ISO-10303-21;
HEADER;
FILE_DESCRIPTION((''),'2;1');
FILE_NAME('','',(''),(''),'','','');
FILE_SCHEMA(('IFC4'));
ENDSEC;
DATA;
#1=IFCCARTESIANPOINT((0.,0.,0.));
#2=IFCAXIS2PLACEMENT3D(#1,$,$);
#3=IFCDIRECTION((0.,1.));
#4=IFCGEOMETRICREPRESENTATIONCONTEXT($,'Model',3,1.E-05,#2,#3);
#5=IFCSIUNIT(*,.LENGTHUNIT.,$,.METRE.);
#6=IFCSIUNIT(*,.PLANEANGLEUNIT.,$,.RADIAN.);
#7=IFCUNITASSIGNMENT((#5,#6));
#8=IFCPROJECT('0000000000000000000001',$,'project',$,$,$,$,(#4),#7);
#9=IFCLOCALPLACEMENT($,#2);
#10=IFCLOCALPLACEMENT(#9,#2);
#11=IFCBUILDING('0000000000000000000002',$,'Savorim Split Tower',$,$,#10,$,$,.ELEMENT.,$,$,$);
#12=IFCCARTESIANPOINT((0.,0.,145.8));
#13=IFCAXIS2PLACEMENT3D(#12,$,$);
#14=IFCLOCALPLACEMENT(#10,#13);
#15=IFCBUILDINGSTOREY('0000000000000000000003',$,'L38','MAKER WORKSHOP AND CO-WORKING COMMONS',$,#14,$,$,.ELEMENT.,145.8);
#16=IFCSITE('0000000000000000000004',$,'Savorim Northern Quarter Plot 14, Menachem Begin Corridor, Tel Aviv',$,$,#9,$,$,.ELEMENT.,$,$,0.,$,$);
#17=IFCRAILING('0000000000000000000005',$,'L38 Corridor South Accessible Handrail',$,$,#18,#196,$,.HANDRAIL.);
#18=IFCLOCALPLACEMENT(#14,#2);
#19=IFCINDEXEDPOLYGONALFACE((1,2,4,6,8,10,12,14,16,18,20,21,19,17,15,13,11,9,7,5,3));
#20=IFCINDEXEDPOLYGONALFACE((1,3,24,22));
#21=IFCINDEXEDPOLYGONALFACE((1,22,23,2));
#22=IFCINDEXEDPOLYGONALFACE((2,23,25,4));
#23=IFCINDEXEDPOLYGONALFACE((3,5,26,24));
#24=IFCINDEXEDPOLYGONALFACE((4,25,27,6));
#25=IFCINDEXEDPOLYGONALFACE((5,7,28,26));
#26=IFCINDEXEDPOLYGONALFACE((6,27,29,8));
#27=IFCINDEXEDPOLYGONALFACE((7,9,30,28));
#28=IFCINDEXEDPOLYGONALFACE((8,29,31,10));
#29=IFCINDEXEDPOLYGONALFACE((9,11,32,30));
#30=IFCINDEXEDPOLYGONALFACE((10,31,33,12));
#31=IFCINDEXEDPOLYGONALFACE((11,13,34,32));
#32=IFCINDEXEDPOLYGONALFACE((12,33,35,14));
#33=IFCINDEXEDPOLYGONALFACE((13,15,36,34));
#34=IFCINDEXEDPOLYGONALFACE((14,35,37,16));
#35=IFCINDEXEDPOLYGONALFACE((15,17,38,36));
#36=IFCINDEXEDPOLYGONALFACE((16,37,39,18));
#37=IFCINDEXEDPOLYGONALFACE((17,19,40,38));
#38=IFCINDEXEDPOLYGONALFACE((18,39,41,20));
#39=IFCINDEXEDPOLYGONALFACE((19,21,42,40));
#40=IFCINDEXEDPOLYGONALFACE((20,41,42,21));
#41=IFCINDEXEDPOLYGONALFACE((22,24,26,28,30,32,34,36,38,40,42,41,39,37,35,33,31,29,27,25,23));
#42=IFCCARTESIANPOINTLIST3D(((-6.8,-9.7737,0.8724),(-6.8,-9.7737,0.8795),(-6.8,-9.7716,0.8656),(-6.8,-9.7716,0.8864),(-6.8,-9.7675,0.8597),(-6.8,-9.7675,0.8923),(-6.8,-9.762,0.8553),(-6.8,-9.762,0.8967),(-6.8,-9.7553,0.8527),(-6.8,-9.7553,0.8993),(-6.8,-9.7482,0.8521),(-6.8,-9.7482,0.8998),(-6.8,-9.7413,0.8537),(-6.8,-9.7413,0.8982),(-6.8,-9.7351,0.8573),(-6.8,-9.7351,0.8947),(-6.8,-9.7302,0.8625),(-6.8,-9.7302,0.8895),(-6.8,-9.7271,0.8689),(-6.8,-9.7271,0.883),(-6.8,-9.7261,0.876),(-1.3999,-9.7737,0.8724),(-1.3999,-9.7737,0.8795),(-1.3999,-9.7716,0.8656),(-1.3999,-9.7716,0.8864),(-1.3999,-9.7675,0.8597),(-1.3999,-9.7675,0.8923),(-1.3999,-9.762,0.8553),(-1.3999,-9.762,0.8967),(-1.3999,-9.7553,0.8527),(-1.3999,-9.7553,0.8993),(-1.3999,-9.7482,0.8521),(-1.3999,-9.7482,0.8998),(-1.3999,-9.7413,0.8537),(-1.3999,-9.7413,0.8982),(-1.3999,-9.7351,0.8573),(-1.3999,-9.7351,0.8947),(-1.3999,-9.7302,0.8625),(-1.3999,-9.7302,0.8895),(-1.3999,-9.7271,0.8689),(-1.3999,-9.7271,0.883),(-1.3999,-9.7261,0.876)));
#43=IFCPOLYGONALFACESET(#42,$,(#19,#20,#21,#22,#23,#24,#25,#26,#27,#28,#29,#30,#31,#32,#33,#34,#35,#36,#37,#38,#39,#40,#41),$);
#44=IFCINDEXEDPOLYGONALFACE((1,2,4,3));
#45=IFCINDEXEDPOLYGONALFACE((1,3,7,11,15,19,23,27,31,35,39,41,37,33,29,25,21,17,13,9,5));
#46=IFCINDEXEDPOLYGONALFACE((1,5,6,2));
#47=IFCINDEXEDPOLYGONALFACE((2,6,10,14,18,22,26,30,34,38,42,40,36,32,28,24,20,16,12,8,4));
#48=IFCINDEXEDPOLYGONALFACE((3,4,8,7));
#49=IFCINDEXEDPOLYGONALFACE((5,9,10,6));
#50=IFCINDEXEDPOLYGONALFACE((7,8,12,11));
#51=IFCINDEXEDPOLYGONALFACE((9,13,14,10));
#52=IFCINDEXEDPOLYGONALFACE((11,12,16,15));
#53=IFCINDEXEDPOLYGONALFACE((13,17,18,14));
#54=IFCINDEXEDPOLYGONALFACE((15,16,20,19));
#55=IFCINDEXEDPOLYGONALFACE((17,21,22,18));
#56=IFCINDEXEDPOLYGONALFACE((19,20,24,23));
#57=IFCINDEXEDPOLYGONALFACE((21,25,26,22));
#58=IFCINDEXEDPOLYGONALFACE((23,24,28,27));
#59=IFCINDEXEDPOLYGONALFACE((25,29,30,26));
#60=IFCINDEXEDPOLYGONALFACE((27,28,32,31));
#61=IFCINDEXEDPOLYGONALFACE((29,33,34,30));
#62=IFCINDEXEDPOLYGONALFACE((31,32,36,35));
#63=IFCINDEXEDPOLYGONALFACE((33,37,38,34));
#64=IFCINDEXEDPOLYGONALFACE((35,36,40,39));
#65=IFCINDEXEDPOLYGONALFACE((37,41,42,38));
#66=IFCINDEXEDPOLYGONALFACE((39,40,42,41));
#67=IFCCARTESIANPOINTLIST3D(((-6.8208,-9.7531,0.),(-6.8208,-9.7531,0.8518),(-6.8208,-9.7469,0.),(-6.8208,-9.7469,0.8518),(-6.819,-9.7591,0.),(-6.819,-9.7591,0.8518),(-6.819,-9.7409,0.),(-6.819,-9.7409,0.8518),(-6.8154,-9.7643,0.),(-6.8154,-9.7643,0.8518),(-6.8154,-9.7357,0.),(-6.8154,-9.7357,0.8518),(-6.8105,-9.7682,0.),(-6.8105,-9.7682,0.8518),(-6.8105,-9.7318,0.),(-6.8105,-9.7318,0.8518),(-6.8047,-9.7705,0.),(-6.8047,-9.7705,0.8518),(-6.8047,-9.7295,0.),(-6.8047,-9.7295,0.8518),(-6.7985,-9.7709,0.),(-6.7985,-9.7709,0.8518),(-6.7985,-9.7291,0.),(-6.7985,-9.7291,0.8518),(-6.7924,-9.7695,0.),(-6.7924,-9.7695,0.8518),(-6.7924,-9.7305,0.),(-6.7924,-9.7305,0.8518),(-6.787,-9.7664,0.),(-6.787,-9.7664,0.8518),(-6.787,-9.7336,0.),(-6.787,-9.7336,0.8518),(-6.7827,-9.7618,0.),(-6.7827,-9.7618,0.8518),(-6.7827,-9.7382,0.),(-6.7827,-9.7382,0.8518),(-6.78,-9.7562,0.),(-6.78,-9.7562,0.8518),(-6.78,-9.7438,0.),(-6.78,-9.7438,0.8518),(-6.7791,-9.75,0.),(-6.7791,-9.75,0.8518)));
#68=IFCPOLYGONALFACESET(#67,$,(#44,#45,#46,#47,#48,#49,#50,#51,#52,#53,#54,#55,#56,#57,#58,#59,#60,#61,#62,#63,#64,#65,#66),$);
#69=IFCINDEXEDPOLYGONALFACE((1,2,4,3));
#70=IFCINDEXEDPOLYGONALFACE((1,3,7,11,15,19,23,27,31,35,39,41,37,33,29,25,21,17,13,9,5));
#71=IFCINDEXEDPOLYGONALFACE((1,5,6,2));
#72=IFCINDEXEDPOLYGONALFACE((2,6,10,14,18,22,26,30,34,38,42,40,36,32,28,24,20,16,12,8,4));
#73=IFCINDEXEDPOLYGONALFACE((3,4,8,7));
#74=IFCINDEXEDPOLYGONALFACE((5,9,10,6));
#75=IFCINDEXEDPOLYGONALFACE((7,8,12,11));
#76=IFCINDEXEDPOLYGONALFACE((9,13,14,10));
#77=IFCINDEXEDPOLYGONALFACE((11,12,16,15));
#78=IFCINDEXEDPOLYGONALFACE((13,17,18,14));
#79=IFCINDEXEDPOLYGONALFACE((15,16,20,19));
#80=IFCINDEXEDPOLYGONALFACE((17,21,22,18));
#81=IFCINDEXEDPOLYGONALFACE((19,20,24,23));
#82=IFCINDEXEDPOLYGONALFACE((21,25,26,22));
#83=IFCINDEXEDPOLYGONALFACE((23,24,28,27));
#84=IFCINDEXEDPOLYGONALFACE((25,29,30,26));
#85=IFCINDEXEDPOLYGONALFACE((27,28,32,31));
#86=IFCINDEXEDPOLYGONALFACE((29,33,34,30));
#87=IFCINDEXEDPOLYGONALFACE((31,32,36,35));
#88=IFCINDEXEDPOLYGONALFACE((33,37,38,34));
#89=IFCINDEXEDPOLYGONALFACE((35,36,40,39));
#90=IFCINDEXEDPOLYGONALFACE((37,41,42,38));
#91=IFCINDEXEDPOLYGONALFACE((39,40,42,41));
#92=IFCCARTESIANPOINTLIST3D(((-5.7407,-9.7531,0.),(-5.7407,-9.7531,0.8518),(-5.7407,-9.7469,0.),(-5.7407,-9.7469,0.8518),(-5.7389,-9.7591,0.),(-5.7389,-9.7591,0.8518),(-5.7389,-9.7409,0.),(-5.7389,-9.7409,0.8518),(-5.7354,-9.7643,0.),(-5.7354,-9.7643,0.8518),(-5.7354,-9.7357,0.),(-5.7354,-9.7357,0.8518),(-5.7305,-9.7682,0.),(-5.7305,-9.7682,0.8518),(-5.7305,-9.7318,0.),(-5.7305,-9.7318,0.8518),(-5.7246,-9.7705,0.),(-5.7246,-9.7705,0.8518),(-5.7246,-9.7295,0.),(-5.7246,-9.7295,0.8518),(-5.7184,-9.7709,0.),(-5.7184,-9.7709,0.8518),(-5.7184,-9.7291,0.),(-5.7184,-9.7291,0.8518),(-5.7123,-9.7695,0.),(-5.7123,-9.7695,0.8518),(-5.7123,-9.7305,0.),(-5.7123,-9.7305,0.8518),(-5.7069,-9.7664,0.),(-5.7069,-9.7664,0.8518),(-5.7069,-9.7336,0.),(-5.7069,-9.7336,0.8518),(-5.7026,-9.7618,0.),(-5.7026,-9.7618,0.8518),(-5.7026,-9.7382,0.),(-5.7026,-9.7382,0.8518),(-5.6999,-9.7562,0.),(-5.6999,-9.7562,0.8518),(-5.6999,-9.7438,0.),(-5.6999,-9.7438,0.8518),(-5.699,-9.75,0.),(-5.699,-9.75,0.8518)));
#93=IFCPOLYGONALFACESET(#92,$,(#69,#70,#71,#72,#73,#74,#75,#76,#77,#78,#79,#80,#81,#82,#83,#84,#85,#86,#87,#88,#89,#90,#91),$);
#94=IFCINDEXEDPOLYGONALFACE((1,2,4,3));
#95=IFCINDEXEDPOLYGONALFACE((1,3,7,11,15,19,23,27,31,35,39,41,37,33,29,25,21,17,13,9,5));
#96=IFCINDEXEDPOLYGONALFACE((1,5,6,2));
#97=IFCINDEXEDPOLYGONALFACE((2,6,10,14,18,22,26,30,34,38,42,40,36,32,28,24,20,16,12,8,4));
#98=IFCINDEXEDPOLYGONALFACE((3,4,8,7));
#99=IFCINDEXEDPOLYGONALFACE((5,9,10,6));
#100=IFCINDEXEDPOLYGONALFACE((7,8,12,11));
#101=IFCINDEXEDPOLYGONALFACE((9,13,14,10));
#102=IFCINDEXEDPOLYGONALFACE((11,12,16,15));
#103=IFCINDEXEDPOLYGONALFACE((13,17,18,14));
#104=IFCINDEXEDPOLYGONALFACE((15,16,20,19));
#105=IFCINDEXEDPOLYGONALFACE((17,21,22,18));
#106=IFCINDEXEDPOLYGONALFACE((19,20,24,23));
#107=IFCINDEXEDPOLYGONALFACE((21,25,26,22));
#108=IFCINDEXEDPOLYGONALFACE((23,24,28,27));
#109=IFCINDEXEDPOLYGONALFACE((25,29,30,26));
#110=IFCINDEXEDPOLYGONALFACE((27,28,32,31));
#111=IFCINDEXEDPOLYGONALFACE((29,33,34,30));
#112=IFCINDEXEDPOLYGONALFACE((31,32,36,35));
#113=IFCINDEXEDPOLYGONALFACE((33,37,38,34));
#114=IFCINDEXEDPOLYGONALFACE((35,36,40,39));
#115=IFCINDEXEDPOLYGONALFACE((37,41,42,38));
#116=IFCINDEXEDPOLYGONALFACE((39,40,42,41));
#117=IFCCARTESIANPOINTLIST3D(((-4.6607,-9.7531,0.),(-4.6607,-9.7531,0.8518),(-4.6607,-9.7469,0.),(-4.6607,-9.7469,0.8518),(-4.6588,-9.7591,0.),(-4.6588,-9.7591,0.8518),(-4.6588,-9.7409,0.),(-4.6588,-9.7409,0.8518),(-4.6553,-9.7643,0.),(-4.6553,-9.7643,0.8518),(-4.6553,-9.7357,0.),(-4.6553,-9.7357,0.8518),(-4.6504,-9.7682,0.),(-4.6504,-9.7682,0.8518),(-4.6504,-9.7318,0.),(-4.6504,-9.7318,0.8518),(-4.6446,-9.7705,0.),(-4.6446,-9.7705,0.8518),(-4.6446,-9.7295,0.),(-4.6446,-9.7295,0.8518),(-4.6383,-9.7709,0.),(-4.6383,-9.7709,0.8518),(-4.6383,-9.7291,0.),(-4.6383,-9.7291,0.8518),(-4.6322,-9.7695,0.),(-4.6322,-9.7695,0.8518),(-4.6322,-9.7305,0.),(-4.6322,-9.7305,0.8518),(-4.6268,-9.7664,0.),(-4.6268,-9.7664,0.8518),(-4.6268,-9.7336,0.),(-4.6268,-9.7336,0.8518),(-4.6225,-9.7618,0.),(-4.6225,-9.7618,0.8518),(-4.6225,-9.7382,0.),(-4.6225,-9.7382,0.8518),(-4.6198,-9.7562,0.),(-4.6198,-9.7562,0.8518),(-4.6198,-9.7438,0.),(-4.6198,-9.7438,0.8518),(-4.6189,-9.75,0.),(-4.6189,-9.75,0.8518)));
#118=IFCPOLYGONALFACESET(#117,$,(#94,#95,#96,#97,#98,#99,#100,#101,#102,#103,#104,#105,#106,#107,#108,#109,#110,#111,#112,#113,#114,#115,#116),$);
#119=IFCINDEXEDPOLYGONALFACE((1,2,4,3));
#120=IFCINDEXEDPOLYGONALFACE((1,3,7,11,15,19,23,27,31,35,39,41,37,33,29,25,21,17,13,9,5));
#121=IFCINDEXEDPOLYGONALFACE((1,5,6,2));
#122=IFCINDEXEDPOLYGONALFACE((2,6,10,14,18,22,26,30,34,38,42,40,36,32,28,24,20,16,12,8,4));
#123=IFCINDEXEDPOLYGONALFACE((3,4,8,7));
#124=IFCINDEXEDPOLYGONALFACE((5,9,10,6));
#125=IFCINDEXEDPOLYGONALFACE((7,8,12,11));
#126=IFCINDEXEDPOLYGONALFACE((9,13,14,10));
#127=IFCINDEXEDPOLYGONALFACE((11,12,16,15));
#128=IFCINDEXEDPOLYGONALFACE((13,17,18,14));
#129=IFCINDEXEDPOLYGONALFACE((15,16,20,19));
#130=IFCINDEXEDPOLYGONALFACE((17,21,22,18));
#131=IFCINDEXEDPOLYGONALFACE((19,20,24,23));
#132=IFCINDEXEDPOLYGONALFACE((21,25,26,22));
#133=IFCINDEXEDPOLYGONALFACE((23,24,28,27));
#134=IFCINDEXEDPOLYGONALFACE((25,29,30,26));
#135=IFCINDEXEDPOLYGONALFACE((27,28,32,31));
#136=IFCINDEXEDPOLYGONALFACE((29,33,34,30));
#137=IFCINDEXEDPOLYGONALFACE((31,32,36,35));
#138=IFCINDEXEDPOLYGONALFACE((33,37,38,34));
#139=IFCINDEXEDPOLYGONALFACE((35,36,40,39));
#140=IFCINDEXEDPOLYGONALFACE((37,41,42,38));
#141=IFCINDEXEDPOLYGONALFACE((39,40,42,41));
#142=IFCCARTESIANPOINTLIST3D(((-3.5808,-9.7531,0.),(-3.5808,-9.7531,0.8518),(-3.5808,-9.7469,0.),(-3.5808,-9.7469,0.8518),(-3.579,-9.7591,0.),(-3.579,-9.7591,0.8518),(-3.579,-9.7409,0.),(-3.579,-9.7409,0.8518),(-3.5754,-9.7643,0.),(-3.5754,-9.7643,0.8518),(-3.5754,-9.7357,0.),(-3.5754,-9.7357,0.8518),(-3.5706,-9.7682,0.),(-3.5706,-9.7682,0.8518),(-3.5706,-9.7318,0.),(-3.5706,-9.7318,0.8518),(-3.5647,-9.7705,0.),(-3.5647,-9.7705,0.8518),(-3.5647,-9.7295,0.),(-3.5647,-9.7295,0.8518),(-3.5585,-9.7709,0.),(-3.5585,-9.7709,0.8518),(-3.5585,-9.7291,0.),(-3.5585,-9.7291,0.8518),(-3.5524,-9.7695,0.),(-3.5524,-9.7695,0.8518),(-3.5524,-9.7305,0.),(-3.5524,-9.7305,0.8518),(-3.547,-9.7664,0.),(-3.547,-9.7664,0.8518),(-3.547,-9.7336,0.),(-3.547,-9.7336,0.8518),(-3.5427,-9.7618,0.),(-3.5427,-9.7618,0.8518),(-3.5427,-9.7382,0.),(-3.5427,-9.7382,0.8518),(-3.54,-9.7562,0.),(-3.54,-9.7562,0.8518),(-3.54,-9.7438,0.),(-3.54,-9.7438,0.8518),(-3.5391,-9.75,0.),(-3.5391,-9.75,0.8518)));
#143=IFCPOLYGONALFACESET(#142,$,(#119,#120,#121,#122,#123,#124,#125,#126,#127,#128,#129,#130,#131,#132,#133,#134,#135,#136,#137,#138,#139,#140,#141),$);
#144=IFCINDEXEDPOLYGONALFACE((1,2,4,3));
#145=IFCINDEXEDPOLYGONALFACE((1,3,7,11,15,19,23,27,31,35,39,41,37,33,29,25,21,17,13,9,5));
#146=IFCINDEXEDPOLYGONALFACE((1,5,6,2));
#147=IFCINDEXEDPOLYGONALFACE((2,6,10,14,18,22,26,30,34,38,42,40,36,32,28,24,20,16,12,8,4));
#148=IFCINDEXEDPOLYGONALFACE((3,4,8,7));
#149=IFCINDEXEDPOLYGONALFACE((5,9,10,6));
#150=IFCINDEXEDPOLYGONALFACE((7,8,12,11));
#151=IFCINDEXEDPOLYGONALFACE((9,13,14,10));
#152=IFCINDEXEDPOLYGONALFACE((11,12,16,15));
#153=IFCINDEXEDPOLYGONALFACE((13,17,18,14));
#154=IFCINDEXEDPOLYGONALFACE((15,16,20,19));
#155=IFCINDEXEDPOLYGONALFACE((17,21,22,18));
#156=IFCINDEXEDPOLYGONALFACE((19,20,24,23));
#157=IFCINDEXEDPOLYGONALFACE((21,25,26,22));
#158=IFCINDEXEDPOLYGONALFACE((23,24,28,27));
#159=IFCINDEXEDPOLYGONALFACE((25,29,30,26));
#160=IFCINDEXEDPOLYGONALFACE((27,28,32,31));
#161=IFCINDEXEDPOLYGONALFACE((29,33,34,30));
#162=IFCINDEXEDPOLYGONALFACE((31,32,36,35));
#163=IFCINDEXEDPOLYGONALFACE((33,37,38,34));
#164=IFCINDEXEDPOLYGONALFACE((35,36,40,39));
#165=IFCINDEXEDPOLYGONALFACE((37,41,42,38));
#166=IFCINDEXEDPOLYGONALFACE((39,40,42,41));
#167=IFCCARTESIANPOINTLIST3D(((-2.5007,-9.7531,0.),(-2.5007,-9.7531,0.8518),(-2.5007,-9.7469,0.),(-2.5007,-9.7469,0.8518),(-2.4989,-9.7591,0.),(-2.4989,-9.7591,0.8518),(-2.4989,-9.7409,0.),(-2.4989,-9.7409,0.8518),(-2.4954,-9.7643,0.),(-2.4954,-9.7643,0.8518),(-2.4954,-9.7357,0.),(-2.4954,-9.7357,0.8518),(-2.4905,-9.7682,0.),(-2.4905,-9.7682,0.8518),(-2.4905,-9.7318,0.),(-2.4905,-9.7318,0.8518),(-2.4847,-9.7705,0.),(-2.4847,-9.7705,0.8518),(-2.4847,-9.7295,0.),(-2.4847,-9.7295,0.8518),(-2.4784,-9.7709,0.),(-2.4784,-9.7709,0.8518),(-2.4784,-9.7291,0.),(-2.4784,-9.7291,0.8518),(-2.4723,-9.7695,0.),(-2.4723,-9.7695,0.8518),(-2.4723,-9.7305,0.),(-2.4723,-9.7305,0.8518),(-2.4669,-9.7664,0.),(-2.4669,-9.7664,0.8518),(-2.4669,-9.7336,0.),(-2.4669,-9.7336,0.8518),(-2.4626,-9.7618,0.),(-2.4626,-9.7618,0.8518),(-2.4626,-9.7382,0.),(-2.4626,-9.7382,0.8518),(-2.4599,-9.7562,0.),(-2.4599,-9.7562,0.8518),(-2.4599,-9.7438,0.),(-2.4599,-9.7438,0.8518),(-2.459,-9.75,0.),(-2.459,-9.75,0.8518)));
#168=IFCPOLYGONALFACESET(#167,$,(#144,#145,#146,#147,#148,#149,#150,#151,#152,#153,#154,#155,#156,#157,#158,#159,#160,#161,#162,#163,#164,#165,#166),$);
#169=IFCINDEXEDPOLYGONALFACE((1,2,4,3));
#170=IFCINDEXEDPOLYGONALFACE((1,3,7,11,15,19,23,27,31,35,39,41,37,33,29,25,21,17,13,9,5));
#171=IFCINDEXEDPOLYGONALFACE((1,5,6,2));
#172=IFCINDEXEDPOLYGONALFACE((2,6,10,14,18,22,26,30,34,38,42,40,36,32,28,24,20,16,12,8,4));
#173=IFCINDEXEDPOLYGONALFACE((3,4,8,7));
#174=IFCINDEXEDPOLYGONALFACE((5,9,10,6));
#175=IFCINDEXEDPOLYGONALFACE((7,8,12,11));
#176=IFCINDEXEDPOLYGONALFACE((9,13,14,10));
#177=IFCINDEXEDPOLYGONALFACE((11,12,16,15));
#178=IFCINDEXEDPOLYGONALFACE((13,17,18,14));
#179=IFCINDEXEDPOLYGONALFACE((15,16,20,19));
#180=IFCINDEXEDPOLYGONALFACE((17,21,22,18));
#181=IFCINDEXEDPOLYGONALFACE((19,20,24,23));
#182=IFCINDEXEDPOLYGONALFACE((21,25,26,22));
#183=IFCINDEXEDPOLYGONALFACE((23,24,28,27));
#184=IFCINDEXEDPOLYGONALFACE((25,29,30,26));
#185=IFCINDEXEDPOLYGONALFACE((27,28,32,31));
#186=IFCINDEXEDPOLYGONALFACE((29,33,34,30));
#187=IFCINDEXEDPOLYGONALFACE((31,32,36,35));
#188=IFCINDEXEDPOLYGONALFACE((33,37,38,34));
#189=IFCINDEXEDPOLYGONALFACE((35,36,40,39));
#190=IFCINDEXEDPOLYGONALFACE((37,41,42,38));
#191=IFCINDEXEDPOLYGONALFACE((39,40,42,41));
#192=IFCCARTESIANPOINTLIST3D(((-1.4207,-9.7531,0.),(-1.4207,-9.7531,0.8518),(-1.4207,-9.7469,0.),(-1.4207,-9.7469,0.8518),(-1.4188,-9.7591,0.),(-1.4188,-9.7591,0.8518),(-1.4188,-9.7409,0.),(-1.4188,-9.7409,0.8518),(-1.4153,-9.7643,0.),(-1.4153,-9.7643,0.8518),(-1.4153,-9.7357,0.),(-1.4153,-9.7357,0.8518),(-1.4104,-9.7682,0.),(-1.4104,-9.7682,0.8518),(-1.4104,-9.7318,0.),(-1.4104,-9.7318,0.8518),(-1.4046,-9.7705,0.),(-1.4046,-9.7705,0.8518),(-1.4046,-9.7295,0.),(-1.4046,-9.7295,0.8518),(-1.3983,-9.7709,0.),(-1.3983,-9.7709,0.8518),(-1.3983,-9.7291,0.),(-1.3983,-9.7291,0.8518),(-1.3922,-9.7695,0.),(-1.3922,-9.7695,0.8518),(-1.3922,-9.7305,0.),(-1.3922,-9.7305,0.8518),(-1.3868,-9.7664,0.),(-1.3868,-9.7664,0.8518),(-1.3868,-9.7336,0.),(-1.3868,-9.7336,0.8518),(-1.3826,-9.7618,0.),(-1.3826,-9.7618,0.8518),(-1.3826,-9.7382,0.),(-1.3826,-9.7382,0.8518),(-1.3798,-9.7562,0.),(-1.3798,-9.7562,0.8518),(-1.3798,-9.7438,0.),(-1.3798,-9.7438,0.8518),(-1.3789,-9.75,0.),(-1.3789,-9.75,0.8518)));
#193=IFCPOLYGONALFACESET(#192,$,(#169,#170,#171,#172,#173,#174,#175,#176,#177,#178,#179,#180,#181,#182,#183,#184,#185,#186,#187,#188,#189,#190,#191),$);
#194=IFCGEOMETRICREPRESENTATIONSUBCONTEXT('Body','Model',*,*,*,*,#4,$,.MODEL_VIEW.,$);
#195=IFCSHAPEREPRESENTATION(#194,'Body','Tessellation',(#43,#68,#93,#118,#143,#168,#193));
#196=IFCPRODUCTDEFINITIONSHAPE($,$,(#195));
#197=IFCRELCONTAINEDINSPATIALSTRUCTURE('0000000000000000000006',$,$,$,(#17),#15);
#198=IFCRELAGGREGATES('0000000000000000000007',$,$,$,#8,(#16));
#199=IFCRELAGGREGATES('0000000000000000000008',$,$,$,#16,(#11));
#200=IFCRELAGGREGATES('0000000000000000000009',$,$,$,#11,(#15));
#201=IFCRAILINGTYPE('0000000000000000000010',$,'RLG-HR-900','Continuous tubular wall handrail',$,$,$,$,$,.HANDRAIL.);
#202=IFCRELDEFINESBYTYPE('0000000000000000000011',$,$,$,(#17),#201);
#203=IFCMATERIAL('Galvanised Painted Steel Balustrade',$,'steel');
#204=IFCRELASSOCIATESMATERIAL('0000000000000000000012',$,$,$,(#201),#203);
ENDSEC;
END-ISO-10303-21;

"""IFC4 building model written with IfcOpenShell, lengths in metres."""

from ifc_helpers import new_model, si_unit, direction, frame, origin, origin_2d, place, context, subcontext, project, spatial, circle, extrude, material, type_object, element, save


model = new_model("IFC4")

# Units and contexts
model_context = context("Model", 3, precision=1e-05, world=origin(), true_north=direction((0.0, 1.0)))
body_context = subcontext(model_context, "Body", "Model", "MODEL_VIEW")
ifc_project = project(units=[si_unit("LENGTHUNIT", "METRE"), si_unit("PLANEANGLEUNIT", "RADIAN")], contexts=[model_context])

# Site, building, storey
site_placement = place(None, origin())
site = spatial("IfcSite", under=ifc_project, at=site_placement, Name="Savorim Northern Quarter Plot 14, Menachem Begin Corridor, Tel Aviv", CompositionType="ELEMENT", RefElevation=0.0)
building_placement = place(site_placement, origin())
building = spatial("IfcBuilding", under=site, at=building_placement, Name="Savorim Split Tower", CompositionType="ELEMENT")
storey_placement = place(building_placement, frame((0.0, 0.0, 145.8)))
storey = spatial("IfcBuildingStorey", under=building, at=storey_placement, Name="L38", Description="MAKER WORKSHOP AND CO-WORKING COMMONS", CompositionType="ELEMENT", Elevation=145.8)

# Railing
ifc_material_1 = material(Name="Galvanised Painted Steel Balustrade", Category="steel")
railing_type = type_object("IfcRailingType", Name="RLG-HR-900", Description="Continuous tubular wall handrail", PredefinedType="HANDRAIL", material=ifc_material_1)
railing_1_placement = place(storey_placement, frame((-6.8, -9.75, 0.0)))
element("IfcRailing", 1, at=railing_1_placement, inside=storey, type_object=railing_type, Name="L38 Corridor South Accessible Handrail", PredefinedType="HANDRAIL", context=body_context, shape_type="SweptSolid", body=[
    extrude(circle(Radius=0.0239, at=origin_2d()), frame((0.0, 0.0, 0.876), z_axis=(1.0, 0.0, 0.0), x_axis=(0.0, 1.0, 0.0)), (0.0, 0.0, 1.0), 5.4001),
    extrude(circle(Radius=0.021, at=origin_2d()), origin(), (0.0, 0.0, 1.0), 0.8518),
    extrude(circle(Radius=0.021, at=origin_2d()), frame((1.0801, 0.0, 0.0)), (0.0, 0.0, 1.0), 0.8518),
    extrude(circle(Radius=0.021, at=origin_2d()), frame((2.1602, 0.0, 0.0)), (0.0, 0.0, 1.0), 0.8518),
    extrude(circle(Radius=0.021, at=origin_2d()), frame((3.24, 0.0, 0.0)), (0.0, 0.0, 1.0), 0.8518),
    extrude(circle(Radius=0.021, at=origin_2d()), frame((4.3201, 0.0, 0.0)), (0.0, 0.0, 1.0), 0.8518),
    extrude(circle(Radius=0.021, at=origin_2d()), frame((5.4001, 0.0, 0.0)), (0.0, 0.0, 1.0), 0.8518),
])

save(model, "model.ifc")
